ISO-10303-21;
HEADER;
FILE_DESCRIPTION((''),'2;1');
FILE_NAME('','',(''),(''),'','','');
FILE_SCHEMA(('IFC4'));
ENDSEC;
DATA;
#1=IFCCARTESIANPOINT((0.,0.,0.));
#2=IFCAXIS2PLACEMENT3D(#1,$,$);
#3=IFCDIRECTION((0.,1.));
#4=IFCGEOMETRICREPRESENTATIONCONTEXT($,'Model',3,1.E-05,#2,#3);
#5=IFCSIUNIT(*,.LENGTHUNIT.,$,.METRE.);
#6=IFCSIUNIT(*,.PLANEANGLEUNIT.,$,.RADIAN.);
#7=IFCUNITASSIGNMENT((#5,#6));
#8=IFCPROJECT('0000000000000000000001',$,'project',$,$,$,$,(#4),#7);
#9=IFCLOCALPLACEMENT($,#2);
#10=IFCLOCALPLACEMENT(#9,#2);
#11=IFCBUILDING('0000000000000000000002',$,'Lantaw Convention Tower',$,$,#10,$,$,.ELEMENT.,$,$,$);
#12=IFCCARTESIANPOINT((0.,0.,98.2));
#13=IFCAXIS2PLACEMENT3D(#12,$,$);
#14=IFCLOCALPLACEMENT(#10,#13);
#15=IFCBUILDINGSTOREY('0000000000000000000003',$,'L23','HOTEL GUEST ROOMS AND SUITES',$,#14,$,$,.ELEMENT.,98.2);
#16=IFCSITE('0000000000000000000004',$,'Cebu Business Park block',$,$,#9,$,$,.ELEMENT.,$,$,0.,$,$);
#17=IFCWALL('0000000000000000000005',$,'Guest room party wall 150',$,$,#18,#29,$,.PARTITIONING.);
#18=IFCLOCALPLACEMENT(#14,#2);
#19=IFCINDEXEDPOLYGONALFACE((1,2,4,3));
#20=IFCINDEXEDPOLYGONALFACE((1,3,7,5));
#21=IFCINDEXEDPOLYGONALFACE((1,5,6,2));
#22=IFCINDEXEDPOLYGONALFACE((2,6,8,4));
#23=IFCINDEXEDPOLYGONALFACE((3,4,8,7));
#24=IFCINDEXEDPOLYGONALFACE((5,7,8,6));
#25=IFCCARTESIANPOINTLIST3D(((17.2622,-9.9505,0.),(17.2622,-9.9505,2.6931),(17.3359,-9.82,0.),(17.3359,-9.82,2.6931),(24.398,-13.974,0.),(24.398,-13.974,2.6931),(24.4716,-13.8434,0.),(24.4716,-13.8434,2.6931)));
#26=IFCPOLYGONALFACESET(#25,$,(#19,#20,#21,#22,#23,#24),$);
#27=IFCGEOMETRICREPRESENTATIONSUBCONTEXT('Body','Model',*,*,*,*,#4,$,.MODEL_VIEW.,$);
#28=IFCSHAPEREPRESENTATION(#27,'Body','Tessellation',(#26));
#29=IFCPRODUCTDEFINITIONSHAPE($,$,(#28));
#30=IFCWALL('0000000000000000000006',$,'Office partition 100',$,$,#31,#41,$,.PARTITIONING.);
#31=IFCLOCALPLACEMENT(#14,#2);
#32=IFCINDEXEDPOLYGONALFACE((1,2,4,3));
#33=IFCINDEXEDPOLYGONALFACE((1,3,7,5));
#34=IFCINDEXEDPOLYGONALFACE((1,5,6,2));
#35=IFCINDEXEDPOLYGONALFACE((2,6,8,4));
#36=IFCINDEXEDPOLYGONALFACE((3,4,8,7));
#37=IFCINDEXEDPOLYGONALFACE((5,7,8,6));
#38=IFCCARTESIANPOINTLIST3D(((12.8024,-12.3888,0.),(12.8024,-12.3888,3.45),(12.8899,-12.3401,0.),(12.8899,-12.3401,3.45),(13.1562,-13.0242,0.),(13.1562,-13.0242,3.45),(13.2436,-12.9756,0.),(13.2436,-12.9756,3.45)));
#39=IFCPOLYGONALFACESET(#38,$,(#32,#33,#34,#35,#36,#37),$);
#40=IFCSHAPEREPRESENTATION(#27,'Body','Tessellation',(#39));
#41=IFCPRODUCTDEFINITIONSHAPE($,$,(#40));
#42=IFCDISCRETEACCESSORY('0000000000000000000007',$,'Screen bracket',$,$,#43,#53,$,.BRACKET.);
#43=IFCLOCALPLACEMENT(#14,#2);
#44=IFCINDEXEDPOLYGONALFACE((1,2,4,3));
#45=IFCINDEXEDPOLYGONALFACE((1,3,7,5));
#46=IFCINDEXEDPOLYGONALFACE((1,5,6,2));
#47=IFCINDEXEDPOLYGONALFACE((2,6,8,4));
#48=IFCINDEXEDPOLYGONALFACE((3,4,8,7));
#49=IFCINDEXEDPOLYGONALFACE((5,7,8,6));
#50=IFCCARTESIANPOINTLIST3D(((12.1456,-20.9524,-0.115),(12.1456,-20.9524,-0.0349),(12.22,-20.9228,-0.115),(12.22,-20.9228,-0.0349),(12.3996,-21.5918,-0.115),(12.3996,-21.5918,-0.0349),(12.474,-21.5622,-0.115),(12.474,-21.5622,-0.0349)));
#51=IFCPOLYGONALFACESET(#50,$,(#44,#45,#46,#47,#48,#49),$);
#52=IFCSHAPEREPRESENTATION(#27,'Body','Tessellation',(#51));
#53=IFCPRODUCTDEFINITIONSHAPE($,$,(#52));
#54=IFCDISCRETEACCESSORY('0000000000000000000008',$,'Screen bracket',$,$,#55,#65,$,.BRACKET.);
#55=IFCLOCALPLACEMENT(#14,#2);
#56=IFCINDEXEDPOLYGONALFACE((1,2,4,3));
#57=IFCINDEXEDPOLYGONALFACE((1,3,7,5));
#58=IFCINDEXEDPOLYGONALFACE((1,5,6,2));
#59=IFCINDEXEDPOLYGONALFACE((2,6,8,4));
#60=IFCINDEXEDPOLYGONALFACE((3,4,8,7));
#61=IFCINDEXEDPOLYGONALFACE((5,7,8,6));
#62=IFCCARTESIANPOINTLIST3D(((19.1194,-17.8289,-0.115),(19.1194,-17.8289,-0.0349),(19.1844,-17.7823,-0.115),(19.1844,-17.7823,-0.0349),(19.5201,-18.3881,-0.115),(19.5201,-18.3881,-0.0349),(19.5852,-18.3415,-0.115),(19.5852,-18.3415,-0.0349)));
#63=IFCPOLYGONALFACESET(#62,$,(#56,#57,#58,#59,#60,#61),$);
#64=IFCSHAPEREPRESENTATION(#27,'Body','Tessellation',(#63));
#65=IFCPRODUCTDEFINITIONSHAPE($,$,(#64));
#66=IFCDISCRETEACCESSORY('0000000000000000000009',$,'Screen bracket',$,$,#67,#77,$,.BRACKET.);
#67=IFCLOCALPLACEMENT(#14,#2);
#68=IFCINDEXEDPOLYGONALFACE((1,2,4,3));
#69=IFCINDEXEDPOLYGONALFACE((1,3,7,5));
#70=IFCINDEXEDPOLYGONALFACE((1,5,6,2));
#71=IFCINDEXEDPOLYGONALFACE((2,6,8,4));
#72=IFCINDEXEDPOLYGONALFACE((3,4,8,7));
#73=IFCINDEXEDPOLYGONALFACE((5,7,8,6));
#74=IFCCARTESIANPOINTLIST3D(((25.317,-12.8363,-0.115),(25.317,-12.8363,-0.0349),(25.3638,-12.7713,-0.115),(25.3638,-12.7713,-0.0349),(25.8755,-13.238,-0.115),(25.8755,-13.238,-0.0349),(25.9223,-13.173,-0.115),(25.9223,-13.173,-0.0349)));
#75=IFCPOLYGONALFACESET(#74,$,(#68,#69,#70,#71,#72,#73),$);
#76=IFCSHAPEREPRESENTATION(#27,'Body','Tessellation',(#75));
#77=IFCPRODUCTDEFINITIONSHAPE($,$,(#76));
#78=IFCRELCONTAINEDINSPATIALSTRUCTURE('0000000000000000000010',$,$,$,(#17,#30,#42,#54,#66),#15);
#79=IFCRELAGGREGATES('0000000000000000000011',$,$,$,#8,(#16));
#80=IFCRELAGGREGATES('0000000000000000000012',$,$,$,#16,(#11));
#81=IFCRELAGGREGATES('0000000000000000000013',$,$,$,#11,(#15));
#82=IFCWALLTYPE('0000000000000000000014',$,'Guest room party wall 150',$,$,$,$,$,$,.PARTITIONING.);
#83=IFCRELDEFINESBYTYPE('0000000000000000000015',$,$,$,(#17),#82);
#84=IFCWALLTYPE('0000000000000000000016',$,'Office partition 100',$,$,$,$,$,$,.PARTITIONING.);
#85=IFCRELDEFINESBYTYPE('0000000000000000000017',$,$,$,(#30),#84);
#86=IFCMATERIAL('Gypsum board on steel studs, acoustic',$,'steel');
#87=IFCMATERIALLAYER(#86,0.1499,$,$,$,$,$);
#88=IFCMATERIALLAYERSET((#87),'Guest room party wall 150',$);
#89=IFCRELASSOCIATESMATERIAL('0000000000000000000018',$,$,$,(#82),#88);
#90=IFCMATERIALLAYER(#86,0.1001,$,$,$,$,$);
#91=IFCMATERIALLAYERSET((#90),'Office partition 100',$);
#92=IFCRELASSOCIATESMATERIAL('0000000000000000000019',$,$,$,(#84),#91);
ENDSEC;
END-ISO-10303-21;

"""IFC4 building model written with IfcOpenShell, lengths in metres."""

from ifc_helpers import new_model, si_unit, direction, frame, frame_2d, origin, origin_2d, place, context, subcontext, project, spatial, rectangle, extrude, material, layer, layer_set, type_object, element, save


model = new_model("IFC4")

# Units and contexts
model_context = context("Model", 3, precision=1e-05, world=origin(), true_north=direction((0.0, 1.0)))
body_context = subcontext(model_context, "Body", "Model", "MODEL_VIEW")
ifc_project = project(units=[si_unit("LENGTHUNIT", "METRE"), si_unit("PLANEANGLEUNIT", "RADIAN")], contexts=[model_context])

# Site, building, storey
site_placement = place(None, origin())
site = spatial("IfcSite", under=ifc_project, at=site_placement, Name="Cebu Business Park block", CompositionType="ELEMENT", RefElevation=0.0)
building_placement = place(site_placement, origin())
building = spatial("IfcBuilding", under=site, at=building_placement, Name="Lantaw Convention Tower", CompositionType="ELEMENT")
storey_placement = place(building_placement, frame((0.0, 0.0, 98.2)))
storey = spatial("IfcBuildingStorey", under=building, at=storey_placement, Name="L23", Description="HOTEL GUEST ROOMS AND SUITES", CompositionType="ELEMENT", Elevation=98.2)

# Walls
ifc_material_1 = material(Name="Gypsum board on steel studs, acoustic", Category="steel")
ifc_layer_1 = layer(ifc_material_1, 0.1499)
ifc_layer_set_1 = layer_set([ifc_layer_1], Name="Guest room party wall 150")
wall_type_1 = type_object("IfcWallType", Name="Guest room party wall 150", PredefinedType="PARTITIONING", material=ifc_layer_set_1)
wall_1_placement = place(storey_placement, frame((24.4348, -13.9087, 0.0), z_axis=(0.0, 0.0, 1.0), x_axis=(-0.871075, 0.49115, 0.0)))
element("IfcWall", 1, at=wall_1_placement, inside=storey, type_object=wall_type_1, Name="Guest room party wall 150", PredefinedType="PARTITIONING", context=body_context, shape_type="SweptSolid", body=[
    extrude(rectangle(XDim=8.1919, YDim=0.1499, at=frame_2d((4.0959, 0.0))), origin(), (0.0, 0.0, 1.0), 2.6931),
])
ifc_layer_2 = layer(ifc_material_1, 0.1001)
ifc_layer_set_2 = layer_set([ifc_layer_2], Name="Office partition 100")
wall_type_2 = type_object("IfcWallType", Name="Office partition 100", PredefinedType="PARTITIONING", material=ifc_layer_set_2)
wall_2_placement = place(storey_placement, frame((13.2, -13.0, 0.0), z_axis=(0.0, 0.0, 1.0), x_axis=(-0.486384, 0.873745, 0.0)))
element("IfcWall", 2, at=wall_2_placement, inside=storey, type_object=wall_type_2, Name="Office partition 100", PredefinedType="PARTITIONING", context=body_context, shape_type="SweptSolid", body=[
    extrude(rectangle(XDim=0.7273, YDim=0.1001, at=frame_2d((0.3638, 0.0))), origin(), (0.0, 0.0, 1.0), 3.45),
])

# Discrete accessories
for number, where, z_axis, x_axis, name in (
    (3, (12.3098, -21.2573, -0.115), (0.0, 0.0, 1.0), (0.929361, 0.369172, 0.0), "Screen bracket"),
    (4, (19.3523, -18.0852, -0.115), (0.0, 0.0, 1.0), (0.812804, 0.582538, 0.0), "Screen bracket"),
    (5, (25.6196, -13.0046, -0.115), (0.0, 0.0, 1.0), (0.583951, 0.811789, 0.0), "Screen bracket"),
):
    element("IfcDiscreteAccessory", number, at=place(storey_placement, frame(where, z_axis=z_axis, x_axis=x_axis)), inside=storey, Name=name, PredefinedType="BRACKET", context=body_context, shape_type="SweptSolid", body=[
        extrude(rectangle(XDim=0.0801, YDim=0.688, at=origin_2d()), origin(), (0.0, 0.0, 1.0), 0.0801),
    ])

save(model, "model.ifc")
